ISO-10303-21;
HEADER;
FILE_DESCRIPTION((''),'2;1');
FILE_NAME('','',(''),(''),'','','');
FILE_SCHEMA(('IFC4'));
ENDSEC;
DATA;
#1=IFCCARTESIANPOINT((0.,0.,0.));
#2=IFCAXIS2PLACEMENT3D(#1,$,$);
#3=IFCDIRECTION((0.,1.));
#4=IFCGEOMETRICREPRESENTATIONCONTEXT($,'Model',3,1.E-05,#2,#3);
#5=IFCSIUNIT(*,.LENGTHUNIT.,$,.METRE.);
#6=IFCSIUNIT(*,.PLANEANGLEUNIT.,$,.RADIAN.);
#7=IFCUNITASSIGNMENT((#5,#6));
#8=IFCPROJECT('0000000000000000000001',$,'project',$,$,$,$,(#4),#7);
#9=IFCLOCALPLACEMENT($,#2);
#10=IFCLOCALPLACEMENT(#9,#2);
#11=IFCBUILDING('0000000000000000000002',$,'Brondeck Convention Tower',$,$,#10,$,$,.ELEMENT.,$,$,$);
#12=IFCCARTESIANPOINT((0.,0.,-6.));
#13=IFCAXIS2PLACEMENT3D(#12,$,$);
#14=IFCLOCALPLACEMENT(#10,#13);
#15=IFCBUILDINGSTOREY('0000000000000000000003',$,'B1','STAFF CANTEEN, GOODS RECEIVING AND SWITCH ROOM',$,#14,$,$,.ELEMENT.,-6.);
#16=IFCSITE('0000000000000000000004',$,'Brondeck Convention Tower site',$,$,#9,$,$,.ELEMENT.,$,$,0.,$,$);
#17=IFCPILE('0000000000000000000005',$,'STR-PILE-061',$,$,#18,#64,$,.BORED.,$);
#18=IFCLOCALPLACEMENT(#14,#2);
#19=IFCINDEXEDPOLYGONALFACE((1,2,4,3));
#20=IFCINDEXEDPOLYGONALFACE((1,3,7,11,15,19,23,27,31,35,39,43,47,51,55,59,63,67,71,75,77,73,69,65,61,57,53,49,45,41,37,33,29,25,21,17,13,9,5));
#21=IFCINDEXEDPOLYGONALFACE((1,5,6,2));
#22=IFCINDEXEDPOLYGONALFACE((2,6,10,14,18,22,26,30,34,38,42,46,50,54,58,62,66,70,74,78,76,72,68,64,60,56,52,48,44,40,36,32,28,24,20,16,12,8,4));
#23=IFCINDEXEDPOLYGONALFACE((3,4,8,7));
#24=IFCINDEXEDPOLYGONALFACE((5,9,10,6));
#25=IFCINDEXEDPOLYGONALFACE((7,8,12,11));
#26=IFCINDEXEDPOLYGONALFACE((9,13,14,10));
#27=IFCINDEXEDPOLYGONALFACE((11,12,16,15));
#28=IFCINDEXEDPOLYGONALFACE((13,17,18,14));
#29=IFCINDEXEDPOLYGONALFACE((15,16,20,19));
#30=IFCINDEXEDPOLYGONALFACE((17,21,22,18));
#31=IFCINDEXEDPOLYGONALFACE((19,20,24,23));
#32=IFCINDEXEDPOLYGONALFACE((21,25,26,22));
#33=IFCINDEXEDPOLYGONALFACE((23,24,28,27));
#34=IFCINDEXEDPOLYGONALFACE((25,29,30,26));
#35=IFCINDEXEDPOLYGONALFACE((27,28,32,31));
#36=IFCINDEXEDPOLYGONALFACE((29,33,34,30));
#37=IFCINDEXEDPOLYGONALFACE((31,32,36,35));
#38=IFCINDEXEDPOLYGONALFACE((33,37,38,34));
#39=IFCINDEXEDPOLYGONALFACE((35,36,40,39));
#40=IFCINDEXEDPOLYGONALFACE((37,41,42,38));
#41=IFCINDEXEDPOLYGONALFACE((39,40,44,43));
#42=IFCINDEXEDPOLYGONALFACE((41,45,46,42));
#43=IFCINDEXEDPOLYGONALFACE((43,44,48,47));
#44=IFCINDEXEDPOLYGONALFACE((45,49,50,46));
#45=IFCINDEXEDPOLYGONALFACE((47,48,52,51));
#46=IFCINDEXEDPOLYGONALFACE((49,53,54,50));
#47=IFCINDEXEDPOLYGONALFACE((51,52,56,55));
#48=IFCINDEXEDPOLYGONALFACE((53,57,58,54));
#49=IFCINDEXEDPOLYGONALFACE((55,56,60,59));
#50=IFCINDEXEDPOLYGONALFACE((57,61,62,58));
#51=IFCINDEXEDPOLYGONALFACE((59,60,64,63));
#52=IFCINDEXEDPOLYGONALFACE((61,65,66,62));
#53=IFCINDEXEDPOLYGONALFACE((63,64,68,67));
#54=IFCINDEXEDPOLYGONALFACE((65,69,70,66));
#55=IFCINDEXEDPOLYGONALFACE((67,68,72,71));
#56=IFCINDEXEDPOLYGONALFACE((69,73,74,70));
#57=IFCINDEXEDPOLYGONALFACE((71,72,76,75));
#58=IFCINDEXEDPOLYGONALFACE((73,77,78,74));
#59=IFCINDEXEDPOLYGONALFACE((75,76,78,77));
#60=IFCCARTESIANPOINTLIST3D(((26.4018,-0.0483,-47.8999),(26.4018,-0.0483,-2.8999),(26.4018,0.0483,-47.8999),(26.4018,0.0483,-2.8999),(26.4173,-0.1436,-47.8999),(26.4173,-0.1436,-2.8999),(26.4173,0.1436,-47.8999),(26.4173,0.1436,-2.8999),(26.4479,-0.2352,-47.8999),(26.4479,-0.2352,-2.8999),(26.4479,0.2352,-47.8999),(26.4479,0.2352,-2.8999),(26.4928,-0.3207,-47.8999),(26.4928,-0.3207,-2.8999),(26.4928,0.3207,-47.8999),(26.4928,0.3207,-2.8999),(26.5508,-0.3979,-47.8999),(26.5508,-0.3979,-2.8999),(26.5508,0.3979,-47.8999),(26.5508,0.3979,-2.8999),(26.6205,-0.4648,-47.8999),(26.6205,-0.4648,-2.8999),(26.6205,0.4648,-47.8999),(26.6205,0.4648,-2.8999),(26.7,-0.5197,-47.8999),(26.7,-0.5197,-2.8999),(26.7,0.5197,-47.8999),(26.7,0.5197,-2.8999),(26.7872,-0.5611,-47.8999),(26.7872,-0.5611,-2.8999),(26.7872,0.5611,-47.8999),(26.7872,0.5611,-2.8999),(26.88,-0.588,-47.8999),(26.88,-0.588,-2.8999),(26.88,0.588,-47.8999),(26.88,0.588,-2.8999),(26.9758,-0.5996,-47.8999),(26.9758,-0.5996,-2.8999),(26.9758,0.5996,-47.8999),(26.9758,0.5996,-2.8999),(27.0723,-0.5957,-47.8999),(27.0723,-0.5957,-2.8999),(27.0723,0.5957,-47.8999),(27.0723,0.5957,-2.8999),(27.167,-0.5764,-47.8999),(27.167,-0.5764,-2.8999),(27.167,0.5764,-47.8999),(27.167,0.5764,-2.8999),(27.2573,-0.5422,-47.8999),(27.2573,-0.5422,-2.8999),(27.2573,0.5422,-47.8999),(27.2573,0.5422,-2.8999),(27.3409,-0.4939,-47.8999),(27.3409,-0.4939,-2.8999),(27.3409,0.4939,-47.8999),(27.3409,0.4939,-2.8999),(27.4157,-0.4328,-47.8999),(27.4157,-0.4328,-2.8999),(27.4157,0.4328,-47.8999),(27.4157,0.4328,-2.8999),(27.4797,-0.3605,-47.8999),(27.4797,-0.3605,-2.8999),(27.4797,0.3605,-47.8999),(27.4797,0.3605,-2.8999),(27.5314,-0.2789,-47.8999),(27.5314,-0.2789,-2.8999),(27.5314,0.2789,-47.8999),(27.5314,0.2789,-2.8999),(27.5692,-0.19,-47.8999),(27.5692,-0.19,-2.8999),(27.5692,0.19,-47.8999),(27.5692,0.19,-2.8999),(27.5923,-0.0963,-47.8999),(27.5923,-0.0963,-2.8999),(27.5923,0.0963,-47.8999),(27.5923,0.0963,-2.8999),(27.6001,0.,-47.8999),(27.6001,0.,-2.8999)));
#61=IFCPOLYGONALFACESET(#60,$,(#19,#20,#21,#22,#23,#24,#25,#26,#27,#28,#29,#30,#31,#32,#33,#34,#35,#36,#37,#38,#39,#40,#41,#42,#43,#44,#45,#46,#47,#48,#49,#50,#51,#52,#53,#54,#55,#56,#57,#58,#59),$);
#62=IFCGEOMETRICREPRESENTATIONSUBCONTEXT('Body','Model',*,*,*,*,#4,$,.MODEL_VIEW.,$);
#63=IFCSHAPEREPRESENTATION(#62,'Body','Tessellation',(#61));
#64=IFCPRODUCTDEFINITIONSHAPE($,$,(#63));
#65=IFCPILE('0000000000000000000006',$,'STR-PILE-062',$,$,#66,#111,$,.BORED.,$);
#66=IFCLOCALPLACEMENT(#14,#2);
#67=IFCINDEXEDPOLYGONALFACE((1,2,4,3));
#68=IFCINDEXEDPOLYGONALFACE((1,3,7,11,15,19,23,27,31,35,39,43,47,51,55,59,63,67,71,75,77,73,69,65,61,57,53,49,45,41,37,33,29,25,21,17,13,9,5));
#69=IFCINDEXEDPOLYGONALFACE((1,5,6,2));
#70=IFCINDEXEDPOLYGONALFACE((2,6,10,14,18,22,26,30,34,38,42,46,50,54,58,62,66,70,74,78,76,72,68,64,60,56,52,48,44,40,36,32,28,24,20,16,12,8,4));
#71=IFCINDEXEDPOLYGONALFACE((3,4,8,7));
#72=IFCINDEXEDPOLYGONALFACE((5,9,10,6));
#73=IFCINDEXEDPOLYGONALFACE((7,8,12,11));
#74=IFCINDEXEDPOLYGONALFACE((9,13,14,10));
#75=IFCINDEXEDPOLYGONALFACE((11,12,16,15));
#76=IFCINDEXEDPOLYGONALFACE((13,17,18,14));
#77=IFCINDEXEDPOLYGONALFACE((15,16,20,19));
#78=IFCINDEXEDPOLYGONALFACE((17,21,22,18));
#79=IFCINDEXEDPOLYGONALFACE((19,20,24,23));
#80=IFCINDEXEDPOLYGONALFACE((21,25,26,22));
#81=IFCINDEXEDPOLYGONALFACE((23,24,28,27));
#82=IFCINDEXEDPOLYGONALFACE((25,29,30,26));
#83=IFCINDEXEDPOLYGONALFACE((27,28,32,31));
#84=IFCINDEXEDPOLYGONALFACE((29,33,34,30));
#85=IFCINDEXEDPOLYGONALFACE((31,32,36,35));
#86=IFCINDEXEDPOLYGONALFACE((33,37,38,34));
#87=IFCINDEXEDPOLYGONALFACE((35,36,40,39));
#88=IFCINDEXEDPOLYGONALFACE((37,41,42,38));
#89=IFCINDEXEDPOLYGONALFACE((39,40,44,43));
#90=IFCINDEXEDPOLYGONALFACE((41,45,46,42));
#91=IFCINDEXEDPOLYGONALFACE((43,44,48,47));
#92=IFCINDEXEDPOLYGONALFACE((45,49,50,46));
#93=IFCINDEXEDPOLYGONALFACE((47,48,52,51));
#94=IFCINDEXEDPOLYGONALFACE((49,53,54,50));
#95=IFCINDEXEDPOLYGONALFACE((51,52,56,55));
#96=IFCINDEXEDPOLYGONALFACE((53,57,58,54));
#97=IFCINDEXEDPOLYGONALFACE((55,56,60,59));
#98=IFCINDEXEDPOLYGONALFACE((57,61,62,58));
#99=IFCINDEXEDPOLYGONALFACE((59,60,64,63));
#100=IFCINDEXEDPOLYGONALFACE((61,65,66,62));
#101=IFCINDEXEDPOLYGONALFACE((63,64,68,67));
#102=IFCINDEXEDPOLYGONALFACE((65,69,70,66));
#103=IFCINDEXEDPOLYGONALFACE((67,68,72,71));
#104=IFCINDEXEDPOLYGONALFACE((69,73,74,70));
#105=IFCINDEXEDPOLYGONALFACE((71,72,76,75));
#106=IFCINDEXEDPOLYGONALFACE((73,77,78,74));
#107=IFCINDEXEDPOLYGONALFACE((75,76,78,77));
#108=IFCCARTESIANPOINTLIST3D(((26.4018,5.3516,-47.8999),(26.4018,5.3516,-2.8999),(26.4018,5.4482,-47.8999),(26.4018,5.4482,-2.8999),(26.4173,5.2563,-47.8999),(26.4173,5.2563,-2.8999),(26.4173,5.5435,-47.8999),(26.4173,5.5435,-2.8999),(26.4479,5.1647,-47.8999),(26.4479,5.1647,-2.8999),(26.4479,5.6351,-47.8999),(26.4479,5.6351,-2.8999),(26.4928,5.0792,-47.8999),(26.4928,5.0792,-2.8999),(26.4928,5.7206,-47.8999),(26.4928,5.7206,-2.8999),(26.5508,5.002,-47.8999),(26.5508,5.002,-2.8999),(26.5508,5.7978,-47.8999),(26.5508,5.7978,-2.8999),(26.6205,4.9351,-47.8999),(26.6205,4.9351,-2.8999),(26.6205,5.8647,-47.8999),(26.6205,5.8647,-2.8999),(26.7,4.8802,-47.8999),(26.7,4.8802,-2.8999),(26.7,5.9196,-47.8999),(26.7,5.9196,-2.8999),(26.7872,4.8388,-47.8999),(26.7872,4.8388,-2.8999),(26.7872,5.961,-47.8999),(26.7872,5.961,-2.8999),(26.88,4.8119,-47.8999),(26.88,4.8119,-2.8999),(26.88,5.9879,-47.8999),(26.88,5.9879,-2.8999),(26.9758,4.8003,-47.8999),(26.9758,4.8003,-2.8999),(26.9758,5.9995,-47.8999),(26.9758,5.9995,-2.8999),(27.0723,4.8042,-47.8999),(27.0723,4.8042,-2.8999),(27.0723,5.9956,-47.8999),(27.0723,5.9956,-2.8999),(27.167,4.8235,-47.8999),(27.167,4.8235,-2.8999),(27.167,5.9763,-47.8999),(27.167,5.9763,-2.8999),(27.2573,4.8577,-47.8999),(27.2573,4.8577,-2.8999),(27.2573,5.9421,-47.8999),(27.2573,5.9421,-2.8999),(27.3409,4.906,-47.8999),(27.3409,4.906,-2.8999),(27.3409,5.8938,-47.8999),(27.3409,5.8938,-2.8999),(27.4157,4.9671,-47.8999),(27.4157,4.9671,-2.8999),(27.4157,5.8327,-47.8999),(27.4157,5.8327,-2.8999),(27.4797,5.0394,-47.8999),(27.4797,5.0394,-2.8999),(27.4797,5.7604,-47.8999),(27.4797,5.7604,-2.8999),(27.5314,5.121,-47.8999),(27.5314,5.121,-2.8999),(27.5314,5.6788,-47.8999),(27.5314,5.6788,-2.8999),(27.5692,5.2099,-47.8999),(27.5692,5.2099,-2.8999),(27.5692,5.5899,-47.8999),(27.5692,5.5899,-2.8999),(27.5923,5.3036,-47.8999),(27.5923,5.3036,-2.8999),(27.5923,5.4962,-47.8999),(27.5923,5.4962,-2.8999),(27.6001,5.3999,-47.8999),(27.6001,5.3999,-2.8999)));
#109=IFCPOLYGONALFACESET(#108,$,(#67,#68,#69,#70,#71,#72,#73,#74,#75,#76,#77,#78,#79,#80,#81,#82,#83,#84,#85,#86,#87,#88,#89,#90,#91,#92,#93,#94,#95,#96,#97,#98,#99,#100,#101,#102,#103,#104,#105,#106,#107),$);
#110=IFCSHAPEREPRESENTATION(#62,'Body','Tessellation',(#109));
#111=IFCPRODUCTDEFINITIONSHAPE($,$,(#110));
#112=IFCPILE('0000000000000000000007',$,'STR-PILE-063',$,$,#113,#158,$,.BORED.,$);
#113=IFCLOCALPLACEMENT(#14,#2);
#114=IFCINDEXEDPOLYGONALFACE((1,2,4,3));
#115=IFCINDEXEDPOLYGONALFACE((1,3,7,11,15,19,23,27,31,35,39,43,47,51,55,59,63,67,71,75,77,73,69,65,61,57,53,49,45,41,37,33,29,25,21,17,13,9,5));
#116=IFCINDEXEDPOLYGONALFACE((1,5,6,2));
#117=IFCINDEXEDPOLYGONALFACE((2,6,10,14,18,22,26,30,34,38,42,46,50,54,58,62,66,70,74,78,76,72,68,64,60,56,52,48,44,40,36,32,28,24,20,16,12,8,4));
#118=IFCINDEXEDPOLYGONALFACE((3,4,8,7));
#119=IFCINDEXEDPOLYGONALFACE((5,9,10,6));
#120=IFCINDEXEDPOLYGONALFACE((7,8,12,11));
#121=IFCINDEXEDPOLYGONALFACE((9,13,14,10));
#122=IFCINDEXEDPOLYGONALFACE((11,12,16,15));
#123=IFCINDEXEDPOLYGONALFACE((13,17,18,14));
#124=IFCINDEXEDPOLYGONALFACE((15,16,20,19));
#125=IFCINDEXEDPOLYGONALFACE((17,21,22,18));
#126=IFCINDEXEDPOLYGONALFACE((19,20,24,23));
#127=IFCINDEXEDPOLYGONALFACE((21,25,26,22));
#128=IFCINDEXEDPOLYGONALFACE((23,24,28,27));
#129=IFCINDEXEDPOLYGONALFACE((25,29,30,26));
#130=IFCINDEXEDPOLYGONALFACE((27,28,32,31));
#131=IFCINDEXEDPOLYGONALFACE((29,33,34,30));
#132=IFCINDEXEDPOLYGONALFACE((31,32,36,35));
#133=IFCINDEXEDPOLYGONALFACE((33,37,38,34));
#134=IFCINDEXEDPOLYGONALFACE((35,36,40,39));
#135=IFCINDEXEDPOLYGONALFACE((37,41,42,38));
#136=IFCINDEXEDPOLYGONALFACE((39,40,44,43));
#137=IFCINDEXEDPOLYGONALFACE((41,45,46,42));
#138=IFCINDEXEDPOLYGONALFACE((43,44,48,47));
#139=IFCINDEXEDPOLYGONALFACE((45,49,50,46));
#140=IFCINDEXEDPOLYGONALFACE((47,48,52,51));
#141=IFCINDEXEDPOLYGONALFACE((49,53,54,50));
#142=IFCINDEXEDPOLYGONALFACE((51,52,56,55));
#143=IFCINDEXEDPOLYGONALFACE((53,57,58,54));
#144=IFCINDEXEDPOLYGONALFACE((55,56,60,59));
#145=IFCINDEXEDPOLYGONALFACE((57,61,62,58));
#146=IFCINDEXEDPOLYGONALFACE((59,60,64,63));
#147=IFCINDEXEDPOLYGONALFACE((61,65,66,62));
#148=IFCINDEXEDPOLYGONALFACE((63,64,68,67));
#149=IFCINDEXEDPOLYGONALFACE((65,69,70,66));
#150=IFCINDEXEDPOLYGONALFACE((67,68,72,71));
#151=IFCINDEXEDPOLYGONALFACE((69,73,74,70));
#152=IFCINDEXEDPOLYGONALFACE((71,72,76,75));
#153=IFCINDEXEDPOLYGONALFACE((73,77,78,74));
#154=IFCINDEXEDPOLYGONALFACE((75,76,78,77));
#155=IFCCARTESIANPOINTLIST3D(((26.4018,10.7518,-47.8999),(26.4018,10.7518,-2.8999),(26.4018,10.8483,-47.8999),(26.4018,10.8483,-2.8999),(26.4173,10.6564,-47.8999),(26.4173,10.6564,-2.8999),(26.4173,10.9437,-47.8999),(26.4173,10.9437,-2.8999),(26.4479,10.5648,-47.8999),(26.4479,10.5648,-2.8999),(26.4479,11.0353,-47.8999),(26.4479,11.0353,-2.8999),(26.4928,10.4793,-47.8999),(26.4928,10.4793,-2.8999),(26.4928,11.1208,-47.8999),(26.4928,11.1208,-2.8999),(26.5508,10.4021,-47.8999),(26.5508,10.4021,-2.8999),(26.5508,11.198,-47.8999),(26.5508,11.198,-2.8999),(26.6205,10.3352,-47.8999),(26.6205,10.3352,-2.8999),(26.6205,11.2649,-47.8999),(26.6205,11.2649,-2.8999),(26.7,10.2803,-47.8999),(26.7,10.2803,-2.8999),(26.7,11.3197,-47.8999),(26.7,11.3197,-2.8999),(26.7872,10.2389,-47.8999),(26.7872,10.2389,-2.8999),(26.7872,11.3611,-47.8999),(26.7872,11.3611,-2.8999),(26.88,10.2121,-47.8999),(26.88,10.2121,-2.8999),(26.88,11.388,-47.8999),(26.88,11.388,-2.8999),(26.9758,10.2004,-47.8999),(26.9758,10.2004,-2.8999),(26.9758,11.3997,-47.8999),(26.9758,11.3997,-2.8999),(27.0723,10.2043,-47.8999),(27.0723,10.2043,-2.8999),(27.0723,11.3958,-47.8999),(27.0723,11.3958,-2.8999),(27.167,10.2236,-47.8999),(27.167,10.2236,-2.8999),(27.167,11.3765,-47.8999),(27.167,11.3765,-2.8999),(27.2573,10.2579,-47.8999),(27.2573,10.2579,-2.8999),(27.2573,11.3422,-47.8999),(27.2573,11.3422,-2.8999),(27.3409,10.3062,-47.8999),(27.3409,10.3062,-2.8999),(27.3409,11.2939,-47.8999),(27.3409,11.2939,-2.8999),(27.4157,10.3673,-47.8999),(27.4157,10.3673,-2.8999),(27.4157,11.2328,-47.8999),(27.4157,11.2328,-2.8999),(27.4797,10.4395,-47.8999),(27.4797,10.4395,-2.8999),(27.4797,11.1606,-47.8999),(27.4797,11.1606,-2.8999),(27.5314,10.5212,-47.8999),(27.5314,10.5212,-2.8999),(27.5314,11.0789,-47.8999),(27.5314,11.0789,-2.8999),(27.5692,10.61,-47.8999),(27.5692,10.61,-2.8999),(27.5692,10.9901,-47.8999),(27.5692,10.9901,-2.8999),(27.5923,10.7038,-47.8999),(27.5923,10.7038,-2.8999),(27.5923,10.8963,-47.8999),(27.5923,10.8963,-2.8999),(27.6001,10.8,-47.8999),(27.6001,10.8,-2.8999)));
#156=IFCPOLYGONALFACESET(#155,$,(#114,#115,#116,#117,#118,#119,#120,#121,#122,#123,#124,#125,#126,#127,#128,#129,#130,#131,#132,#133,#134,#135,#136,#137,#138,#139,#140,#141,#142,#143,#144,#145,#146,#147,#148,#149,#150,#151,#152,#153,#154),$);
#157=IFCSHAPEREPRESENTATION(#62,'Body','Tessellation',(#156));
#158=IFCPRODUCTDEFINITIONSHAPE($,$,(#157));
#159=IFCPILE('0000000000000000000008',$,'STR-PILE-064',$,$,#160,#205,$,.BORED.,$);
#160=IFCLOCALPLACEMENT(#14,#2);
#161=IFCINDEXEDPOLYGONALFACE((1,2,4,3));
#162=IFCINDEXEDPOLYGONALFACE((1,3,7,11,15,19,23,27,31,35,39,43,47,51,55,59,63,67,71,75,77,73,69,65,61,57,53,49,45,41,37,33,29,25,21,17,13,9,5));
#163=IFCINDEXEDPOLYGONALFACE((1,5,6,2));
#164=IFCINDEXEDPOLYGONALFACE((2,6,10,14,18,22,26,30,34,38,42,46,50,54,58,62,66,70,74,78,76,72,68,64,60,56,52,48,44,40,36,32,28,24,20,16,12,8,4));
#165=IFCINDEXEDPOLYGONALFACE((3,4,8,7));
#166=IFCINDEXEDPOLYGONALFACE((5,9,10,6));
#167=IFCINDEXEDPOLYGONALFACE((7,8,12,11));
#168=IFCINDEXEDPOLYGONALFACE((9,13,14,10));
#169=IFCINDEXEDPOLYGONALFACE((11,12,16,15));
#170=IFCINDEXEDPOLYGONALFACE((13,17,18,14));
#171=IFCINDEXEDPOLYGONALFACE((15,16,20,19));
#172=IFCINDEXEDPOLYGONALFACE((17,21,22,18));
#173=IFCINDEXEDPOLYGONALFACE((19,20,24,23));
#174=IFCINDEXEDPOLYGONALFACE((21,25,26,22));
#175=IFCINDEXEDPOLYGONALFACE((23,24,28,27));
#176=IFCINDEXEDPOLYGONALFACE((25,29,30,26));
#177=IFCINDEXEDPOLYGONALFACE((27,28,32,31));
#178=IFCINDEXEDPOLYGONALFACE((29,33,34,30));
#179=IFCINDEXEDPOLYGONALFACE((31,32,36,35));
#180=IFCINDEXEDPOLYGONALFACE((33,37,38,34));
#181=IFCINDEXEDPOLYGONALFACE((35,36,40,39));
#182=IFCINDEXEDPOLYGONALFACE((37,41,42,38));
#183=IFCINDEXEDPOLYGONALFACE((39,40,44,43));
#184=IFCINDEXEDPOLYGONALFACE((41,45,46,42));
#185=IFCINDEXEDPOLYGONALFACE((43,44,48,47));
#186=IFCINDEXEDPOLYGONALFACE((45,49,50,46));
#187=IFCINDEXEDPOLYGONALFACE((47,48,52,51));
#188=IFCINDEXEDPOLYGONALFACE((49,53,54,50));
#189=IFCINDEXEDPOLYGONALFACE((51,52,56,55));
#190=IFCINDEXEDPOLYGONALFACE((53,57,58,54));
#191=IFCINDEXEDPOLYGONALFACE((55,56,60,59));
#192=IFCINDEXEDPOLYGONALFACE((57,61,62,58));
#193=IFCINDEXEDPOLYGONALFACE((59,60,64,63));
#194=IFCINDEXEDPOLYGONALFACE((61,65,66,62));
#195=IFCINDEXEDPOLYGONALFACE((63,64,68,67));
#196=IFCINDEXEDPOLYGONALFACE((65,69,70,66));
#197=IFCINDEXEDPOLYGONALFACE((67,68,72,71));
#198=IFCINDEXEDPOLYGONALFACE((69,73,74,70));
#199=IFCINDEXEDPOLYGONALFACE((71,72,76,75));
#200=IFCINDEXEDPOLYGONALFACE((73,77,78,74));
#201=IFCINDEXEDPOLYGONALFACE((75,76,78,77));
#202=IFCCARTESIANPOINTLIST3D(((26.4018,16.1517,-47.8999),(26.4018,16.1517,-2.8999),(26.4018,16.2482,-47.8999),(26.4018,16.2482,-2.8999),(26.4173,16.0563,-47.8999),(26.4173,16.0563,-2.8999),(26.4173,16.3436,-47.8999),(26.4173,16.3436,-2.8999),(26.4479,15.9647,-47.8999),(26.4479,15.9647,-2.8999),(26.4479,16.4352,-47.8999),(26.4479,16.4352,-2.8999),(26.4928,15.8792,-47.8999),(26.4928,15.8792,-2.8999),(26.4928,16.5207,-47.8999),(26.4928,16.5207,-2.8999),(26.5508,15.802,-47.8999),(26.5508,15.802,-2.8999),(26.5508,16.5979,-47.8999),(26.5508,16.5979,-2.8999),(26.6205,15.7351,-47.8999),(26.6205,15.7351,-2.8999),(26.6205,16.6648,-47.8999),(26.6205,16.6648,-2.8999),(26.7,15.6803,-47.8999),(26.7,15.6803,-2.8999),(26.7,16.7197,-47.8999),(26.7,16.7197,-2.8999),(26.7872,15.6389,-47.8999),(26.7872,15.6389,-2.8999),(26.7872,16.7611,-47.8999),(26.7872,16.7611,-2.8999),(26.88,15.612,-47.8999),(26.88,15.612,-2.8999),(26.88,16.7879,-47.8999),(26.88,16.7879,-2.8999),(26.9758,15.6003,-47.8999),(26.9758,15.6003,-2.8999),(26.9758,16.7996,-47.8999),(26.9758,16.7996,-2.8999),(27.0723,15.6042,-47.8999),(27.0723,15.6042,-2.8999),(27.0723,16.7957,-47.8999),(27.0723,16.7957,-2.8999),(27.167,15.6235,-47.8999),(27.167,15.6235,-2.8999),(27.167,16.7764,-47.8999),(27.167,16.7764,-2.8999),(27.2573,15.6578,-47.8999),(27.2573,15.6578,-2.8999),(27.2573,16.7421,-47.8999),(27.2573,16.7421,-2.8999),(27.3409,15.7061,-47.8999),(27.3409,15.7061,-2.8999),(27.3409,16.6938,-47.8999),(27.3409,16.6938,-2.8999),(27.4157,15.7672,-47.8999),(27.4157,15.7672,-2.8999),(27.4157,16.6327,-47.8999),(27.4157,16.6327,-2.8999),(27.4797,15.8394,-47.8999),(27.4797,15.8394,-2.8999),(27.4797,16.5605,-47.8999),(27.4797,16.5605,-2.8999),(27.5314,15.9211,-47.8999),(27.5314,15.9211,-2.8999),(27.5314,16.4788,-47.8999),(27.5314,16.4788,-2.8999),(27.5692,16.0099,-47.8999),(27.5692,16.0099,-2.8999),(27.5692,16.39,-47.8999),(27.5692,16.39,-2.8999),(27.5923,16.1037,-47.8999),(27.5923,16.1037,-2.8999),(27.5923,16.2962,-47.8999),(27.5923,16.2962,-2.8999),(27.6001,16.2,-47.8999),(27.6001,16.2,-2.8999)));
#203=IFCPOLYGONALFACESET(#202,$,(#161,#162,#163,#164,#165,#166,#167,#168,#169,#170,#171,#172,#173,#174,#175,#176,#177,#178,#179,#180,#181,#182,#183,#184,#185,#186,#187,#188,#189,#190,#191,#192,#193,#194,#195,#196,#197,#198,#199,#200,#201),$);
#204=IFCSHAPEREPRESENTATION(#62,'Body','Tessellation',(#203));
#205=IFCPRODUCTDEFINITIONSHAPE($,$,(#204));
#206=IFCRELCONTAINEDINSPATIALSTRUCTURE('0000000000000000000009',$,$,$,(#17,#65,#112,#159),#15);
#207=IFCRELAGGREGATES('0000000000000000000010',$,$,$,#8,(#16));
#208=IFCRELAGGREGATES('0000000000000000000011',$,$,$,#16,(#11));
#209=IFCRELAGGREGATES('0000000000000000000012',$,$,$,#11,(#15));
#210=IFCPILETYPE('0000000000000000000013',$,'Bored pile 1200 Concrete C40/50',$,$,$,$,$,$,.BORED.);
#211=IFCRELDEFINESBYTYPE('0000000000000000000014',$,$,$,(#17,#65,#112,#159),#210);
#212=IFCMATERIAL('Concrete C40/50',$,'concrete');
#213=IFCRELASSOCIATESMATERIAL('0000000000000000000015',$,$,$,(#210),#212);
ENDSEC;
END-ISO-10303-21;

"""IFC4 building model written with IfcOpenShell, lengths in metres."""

from ifc_helpers import new_model, si_unit, direction, frame, origin, origin_2d, place, context, subcontext, project, spatial, circle, extrude, material, material_profile, profile_set, type_object, element, save


model = new_model("IFC4")

# Units and contexts
model_context = context("Model", 3, precision=1e-05, world=origin(), true_north=direction((0.0, 1.0)))
body_context = subcontext(model_context, "Body", "Model", "MODEL_VIEW")
ifc_project = project(units=[si_unit("LENGTHUNIT", "METRE"), si_unit("PLANEANGLEUNIT", "RADIAN")], contexts=[model_context])

# Site, building, storey
site_placement = place(None, origin())
site = spatial("IfcSite", under=ifc_project, at=site_placement, Name="Brondeck Convention Tower site", CompositionType="ELEMENT", RefElevation=0.0)
building_placement = place(site_placement, origin())
building = spatial("IfcBuilding", under=site, at=building_placement, Name="Brondeck Convention Tower", CompositionType="ELEMENT")
storey_placement = place(building_placement, frame((0.0, 0.0, -6.0)))
storey = spatial("IfcBuildingStorey", under=building, at=storey_placement, Name="B1", Description="STAFF CANTEEN, GOODS RECEIVING AND SWITCH ROOM", CompositionType="ELEMENT", Elevation=-6.0)

# Piles
ifc_material_1 = material(Name="Concrete C40/50", Category="concrete")
ifc_material_profile_1 = material_profile(ifc_material_1, circle(Radius=0.6001, at=origin_2d()), Name="Bored pile 1200 Concrete C40/50")
ifc_profile_set_1 = profile_set([ifc_material_profile_1], Name="Concrete C40/50")
pile_type = type_object("IfcPileType", Name="Bored pile 1200 Concrete C40/50", PredefinedType="BORED", material=ifc_profile_set_1)
for number, where, z_axis, x_axis, name in (
    (1, (27.0, 0.0, -2.8999), (0.0, 0.0, -1.0), (1.0, 0.0, 0.0), "STR-PILE-061"),
    (2, (27.0, 5.3999, -2.8999), (0.0, 0.0, -1.0), (1.0, 0.0, 0.0), "STR-PILE-062"),
    (3, (27.0, 10.8, -2.8999), (0.0, 0.0, -1.0), (1.0, 0.0, 0.0), "STR-PILE-063"),
    (4, (27.0, 16.2, -2.8999), (0.0, 0.0, -1.0), (1.0, 0.0, 0.0), "STR-PILE-064"),
):
    element("IfcPile", number, at=place(storey_placement, frame(where, z_axis=z_axis, x_axis=x_axis)), inside=storey, type_object=pile_type, Name=name, PredefinedType="BORED", context=body_context, shape_type="SweptSolid", body=[
        extrude(circle(Radius=0.6001, at=origin_2d()), origin(), (0.0, 0.0, 1.0), 45.0),
    ])

save(model, "model.ifc")
